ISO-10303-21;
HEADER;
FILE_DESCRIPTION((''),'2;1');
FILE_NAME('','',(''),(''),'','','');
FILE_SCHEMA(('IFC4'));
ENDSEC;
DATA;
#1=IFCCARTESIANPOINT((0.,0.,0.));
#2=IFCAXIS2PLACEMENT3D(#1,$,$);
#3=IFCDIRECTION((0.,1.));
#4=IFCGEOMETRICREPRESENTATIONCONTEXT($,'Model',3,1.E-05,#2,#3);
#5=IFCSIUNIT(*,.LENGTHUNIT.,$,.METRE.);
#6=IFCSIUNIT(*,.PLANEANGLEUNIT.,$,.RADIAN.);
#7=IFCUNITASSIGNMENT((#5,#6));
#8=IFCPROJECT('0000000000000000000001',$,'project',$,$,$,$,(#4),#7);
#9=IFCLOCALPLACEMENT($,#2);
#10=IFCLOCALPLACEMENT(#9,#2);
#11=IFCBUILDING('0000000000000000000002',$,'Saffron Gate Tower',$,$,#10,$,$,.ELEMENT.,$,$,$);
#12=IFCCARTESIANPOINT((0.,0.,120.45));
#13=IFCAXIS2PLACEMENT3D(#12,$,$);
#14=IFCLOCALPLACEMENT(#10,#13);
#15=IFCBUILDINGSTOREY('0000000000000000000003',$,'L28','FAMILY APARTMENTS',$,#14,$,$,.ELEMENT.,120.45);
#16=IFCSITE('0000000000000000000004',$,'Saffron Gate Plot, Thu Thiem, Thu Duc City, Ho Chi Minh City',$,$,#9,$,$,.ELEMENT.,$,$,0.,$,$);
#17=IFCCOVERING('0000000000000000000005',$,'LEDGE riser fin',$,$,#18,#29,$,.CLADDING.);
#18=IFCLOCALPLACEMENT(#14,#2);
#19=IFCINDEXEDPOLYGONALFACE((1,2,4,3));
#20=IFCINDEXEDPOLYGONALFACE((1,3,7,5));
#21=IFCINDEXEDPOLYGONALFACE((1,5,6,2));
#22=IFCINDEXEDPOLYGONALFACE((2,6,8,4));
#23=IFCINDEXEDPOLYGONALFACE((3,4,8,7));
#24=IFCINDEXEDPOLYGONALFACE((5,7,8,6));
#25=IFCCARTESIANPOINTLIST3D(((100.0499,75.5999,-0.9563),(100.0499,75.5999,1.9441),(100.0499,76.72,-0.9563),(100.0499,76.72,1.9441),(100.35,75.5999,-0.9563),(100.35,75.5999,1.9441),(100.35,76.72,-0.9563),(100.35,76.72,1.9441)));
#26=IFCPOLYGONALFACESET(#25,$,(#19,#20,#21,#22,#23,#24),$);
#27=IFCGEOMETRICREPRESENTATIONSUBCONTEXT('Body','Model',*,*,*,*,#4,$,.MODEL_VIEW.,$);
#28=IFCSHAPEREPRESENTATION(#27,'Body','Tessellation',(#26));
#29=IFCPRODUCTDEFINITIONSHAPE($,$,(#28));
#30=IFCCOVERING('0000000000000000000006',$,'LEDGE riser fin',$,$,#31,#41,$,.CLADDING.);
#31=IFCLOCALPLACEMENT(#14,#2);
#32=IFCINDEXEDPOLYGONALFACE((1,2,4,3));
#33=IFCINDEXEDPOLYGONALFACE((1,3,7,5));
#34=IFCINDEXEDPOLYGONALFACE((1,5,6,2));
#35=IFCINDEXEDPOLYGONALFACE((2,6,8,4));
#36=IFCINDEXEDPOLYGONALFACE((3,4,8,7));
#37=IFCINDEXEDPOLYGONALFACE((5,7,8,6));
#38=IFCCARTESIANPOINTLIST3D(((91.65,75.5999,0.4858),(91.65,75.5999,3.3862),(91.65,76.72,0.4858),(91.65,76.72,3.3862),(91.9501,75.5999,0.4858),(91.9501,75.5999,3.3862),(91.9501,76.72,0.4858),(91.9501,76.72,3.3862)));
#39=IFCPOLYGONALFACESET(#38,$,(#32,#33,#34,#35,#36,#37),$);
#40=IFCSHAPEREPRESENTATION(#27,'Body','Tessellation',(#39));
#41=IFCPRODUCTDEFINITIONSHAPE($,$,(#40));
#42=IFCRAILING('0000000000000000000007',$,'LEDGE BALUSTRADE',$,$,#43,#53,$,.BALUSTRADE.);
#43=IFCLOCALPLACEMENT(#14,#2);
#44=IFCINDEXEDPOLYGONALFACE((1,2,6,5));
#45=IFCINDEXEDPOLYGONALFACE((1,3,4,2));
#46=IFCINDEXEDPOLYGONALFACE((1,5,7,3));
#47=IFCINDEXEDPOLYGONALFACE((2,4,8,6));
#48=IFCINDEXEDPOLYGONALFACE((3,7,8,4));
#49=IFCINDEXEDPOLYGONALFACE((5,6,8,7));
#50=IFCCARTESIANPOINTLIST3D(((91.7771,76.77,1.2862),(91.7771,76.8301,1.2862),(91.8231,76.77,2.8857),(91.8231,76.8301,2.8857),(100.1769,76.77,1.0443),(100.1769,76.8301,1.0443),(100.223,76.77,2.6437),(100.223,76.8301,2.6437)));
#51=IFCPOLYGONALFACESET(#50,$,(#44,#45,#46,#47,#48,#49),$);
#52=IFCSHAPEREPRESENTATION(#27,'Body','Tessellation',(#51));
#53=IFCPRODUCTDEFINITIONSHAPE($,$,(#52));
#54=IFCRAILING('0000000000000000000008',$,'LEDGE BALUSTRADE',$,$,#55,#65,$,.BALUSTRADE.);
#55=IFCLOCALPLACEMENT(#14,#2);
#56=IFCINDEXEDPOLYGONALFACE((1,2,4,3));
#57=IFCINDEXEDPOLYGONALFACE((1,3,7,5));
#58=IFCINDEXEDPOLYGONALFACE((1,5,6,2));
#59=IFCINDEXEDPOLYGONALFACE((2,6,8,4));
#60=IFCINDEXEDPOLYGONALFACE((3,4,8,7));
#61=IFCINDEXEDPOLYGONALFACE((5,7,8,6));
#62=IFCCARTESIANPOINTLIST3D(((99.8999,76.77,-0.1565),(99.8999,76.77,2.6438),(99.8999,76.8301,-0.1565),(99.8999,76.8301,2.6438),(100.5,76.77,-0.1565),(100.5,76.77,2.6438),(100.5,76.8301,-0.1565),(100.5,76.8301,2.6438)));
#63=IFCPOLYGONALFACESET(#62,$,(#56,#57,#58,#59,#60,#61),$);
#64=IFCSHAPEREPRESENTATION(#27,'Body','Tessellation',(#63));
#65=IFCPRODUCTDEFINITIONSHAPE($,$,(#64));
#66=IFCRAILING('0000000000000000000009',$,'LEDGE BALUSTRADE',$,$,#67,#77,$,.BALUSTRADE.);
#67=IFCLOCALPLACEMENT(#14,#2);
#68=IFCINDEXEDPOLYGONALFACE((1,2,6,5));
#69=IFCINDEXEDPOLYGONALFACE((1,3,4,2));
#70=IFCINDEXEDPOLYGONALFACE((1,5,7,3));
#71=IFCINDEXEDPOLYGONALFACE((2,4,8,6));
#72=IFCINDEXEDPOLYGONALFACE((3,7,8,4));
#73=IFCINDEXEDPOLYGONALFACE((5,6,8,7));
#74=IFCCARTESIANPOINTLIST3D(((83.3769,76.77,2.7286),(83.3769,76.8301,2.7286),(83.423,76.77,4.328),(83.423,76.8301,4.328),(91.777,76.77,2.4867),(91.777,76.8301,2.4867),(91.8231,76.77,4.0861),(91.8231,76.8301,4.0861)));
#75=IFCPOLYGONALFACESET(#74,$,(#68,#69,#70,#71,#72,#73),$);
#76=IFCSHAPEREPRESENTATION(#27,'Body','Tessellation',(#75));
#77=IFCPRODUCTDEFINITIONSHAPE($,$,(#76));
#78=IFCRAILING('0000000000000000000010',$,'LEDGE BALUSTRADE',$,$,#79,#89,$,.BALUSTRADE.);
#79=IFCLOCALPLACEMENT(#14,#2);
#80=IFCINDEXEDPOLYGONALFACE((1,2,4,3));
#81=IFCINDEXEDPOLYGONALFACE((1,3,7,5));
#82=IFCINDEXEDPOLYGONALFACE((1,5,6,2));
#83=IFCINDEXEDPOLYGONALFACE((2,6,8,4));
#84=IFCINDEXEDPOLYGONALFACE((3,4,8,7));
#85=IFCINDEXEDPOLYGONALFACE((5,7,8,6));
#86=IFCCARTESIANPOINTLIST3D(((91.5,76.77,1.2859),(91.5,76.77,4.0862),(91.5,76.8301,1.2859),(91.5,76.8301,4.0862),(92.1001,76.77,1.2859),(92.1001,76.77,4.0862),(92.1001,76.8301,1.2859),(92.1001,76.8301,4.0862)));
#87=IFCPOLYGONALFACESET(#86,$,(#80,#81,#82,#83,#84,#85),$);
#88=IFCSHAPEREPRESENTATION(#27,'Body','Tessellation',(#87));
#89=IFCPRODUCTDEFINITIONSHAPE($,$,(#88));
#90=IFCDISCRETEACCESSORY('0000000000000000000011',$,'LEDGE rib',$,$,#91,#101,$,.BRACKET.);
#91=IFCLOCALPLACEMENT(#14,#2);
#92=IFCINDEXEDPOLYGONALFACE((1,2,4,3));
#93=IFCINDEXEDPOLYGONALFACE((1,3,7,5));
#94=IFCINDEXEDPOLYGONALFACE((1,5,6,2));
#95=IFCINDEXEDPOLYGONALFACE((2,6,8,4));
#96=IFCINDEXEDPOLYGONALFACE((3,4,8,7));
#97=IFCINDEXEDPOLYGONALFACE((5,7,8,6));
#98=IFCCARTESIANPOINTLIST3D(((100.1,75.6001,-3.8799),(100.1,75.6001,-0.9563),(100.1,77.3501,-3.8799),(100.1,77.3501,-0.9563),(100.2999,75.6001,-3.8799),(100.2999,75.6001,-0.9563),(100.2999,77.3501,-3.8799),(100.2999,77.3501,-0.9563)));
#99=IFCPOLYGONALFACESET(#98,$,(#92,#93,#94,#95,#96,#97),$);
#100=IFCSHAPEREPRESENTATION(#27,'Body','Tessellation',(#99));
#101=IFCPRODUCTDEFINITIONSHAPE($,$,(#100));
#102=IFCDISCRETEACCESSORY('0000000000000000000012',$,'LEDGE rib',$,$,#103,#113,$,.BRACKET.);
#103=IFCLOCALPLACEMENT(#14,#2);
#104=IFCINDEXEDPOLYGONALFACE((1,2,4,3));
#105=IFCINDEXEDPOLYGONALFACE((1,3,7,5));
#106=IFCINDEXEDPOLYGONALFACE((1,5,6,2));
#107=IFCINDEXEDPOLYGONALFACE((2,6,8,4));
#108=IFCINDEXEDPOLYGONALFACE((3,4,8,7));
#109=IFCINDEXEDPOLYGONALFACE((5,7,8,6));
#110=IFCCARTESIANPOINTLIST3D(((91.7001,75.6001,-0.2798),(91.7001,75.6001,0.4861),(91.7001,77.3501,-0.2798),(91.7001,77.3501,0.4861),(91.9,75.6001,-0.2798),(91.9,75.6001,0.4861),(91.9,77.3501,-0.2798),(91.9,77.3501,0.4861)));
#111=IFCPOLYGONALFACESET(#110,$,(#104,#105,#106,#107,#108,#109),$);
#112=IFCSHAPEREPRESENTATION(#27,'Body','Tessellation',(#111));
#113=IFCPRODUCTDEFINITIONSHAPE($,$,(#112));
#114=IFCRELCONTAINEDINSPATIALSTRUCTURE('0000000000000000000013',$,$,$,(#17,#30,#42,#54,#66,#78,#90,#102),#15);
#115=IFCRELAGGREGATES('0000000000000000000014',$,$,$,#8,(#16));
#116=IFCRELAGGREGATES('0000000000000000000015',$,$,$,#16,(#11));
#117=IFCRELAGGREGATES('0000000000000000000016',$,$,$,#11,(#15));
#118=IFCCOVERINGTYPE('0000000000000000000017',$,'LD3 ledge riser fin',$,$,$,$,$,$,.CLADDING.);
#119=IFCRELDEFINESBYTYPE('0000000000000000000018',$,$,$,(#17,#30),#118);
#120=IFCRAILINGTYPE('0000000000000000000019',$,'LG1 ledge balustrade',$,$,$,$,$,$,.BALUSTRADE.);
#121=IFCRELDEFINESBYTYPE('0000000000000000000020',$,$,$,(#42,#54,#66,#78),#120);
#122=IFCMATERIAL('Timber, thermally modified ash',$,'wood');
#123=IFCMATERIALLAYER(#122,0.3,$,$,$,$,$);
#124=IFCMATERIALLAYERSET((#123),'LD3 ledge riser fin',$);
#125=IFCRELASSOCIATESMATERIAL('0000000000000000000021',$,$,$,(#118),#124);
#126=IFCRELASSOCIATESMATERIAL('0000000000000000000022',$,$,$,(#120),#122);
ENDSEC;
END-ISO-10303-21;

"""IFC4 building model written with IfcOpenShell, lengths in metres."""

from ifc_helpers import new_model, si_unit, direction, frame, origin, origin_2d, place, context, subcontext, project, spatial, rectangle, extrude, material, layer, layer_set, type_object, element, save


model = new_model("IFC4")

# Units and contexts
model_context = context("Model", 3, precision=1e-05, world=origin(), true_north=direction((0.0, 1.0)))
body_context = subcontext(model_context, "Body", "Model", "MODEL_VIEW")
ifc_project = project(units=[si_unit("LENGTHUNIT", "METRE"), si_unit("PLANEANGLEUNIT", "RADIAN")], contexts=[model_context])

# Site, building, storey
site_placement = place(None, origin())
site = spatial("IfcSite", under=ifc_project, at=site_placement, Name="Saffron Gate Plot, Thu Thiem, Thu Duc City, Ho Chi Minh City", CompositionType="ELEMENT", RefElevation=0.0)
building_placement = place(site_placement, origin())
building = spatial("IfcBuilding", under=site, at=building_placement, Name="Saffron Gate Tower", CompositionType="ELEMENT")
storey_placement = place(building_placement, frame((0.0, 0.0, 120.45)))
storey = spatial("IfcBuildingStorey", under=building, at=storey_placement, Name="L28", Description="FAMILY APARTMENTS", CompositionType="ELEMENT", Elevation=120.45)

# Coverings
ifc_material_1 = material(Name="Timber, thermally modified ash", Category="wood")
ifc_layer_1 = layer(ifc_material_1, 0.3)
ifc_layer_set_1 = layer_set([ifc_layer_1], Name="LD3 ledge riser fin")
covering_type_1 = type_object("IfcCoveringType", Name="LD3 ledge riser fin", PredefinedType="CLADDING", material=ifc_layer_set_1)
for number, where, z_axis, x_axis, name in (
    (1, (100.2, 76.1599, -0.9563), (0.0, 0.0, 1.0), (-1.0, 0.0, 0.0), "LEDGE riser fin"),
    (2, (91.8, 76.1599, 0.4858), (0.0, 0.0, 1.0), (-1.0, 0.0, 0.0), "LEDGE riser fin"),
):
    element("IfcCovering", number, at=place(storey_placement, frame(where, z_axis=z_axis, x_axis=x_axis)), inside=storey, type_object=covering_type_1, Name=name, PredefinedType="CLADDING", context=body_context, shape_type="SweptSolid", body=[
        extrude(rectangle(XDim=0.3, YDim=1.1201, at=origin_2d()), origin(), (0.0, 0.0, 1.0), 2.9004),
    ])

# Railings
railing_type_1 = type_object("IfcRailingType", Name="LG1 ledge balustrade", PredefinedType="BALUSTRADE", material=ifc_material_1)
railing_1_placement = place(storey_placement, frame((100.2, 76.8, 1.0439)))
element("IfcRailing", 3, at=railing_1_placement, inside=storey, type_object=railing_type_1, Name="LEDGE BALUSTRADE", PredefinedType="BALUSTRADE", context=body_context, shape_type="SweptSolid", body=[
    extrude(rectangle(XDim=0.0601, YDim=1.6001, at=origin_2d()), frame((0.0, 0.0, 0.8), z_axis=(-0.999585, 0.0, 0.028791), x_axis=(0.0, -1.0, 0.0)), (0.0, 0.0, 1.0), 8.4033),
])
railing_2_placement = place(storey_placement, frame((100.5, 76.8, -0.1565)))
element("IfcRailing", 4, at=railing_2_placement, inside=storey, type_object=railing_type_1, Name="LEDGE BALUSTRADE", PredefinedType="BALUSTRADE", context=body_context, shape_type="SweptSolid", body=[
    extrude(rectangle(XDim=0.0601, YDim=2.8003, at=origin_2d()), frame((0.0, 0.0, 1.4001), z_axis=(-1.0, 0.0, 0.0), x_axis=(0.0, -1.0, 0.0)), (0.0, 0.0, 1.0), 0.6001),
])
railing_3_placement = place(storey_placement, frame((91.8, 76.8, 2.4863)))
element("IfcRailing", 5, at=railing_3_placement, inside=storey, type_object=railing_type_1, Name="LEDGE BALUSTRADE", PredefinedType="BALUSTRADE", context=body_context, shape_type="SweptSolid", body=[
    extrude(rectangle(XDim=0.0601, YDim=1.6001, at=origin_2d()), frame((0.0, 0.0, 0.8), z_axis=(-0.999585, 0.0, 0.02879), x_axis=(0.0, -1.0, 0.0)), (0.0, 0.0, 1.0), 8.4036),
])
railing_4_placement = place(storey_placement, frame((92.1001, 76.8, 1.2859)))
element("IfcRailing", 6, at=railing_4_placement, inside=storey, type_object=railing_type_1, Name="LEDGE BALUSTRADE", PredefinedType="BALUSTRADE", context=body_context, shape_type="SweptSolid", body=[
    extrude(rectangle(XDim=0.0601, YDim=2.8003, at=origin_2d()), frame((0.0, 0.0, 1.4001), z_axis=(-1.0, 0.0, 0.0), x_axis=(0.0, -1.0, 0.0)), (0.0, 0.0, 1.0), 0.6001),
])

# Discrete accessories
discrete_accessory_1_placement = place(storey_placement, frame((100.2, 76.4751, -3.8799), z_axis=(0.0, 0.0, 1.0), x_axis=(-1.0, 0.0, 0.0)))
element("IfcDiscreteAccessory", 7, at=discrete_accessory_1_placement, inside=storey, Name="LEDGE rib", PredefinedType="BRACKET", context=body_context, shape_type="SweptSolid", body=[
    extrude(rectangle(XDim=0.2, YDim=1.75, at=origin_2d()), origin(), (0.0, 0.0, 1.0), 2.9236),
])
discrete_accessory_2_placement = place(storey_placement, frame((91.8, 76.4751, -0.2798), z_axis=(0.0, 0.0, 1.0), x_axis=(-1.0, 0.0, 0.0)))
element("IfcDiscreteAccessory", 8, at=discrete_accessory_2_placement, inside=storey, Name="LEDGE rib", PredefinedType="BRACKET", context=body_context, shape_type="SweptSolid", body=[
    extrude(rectangle(XDim=0.2, YDim=1.75, at=origin_2d()), origin(), (0.0, 0.0, 1.0), 0.7659),
])

save(model, "model.ifc")
